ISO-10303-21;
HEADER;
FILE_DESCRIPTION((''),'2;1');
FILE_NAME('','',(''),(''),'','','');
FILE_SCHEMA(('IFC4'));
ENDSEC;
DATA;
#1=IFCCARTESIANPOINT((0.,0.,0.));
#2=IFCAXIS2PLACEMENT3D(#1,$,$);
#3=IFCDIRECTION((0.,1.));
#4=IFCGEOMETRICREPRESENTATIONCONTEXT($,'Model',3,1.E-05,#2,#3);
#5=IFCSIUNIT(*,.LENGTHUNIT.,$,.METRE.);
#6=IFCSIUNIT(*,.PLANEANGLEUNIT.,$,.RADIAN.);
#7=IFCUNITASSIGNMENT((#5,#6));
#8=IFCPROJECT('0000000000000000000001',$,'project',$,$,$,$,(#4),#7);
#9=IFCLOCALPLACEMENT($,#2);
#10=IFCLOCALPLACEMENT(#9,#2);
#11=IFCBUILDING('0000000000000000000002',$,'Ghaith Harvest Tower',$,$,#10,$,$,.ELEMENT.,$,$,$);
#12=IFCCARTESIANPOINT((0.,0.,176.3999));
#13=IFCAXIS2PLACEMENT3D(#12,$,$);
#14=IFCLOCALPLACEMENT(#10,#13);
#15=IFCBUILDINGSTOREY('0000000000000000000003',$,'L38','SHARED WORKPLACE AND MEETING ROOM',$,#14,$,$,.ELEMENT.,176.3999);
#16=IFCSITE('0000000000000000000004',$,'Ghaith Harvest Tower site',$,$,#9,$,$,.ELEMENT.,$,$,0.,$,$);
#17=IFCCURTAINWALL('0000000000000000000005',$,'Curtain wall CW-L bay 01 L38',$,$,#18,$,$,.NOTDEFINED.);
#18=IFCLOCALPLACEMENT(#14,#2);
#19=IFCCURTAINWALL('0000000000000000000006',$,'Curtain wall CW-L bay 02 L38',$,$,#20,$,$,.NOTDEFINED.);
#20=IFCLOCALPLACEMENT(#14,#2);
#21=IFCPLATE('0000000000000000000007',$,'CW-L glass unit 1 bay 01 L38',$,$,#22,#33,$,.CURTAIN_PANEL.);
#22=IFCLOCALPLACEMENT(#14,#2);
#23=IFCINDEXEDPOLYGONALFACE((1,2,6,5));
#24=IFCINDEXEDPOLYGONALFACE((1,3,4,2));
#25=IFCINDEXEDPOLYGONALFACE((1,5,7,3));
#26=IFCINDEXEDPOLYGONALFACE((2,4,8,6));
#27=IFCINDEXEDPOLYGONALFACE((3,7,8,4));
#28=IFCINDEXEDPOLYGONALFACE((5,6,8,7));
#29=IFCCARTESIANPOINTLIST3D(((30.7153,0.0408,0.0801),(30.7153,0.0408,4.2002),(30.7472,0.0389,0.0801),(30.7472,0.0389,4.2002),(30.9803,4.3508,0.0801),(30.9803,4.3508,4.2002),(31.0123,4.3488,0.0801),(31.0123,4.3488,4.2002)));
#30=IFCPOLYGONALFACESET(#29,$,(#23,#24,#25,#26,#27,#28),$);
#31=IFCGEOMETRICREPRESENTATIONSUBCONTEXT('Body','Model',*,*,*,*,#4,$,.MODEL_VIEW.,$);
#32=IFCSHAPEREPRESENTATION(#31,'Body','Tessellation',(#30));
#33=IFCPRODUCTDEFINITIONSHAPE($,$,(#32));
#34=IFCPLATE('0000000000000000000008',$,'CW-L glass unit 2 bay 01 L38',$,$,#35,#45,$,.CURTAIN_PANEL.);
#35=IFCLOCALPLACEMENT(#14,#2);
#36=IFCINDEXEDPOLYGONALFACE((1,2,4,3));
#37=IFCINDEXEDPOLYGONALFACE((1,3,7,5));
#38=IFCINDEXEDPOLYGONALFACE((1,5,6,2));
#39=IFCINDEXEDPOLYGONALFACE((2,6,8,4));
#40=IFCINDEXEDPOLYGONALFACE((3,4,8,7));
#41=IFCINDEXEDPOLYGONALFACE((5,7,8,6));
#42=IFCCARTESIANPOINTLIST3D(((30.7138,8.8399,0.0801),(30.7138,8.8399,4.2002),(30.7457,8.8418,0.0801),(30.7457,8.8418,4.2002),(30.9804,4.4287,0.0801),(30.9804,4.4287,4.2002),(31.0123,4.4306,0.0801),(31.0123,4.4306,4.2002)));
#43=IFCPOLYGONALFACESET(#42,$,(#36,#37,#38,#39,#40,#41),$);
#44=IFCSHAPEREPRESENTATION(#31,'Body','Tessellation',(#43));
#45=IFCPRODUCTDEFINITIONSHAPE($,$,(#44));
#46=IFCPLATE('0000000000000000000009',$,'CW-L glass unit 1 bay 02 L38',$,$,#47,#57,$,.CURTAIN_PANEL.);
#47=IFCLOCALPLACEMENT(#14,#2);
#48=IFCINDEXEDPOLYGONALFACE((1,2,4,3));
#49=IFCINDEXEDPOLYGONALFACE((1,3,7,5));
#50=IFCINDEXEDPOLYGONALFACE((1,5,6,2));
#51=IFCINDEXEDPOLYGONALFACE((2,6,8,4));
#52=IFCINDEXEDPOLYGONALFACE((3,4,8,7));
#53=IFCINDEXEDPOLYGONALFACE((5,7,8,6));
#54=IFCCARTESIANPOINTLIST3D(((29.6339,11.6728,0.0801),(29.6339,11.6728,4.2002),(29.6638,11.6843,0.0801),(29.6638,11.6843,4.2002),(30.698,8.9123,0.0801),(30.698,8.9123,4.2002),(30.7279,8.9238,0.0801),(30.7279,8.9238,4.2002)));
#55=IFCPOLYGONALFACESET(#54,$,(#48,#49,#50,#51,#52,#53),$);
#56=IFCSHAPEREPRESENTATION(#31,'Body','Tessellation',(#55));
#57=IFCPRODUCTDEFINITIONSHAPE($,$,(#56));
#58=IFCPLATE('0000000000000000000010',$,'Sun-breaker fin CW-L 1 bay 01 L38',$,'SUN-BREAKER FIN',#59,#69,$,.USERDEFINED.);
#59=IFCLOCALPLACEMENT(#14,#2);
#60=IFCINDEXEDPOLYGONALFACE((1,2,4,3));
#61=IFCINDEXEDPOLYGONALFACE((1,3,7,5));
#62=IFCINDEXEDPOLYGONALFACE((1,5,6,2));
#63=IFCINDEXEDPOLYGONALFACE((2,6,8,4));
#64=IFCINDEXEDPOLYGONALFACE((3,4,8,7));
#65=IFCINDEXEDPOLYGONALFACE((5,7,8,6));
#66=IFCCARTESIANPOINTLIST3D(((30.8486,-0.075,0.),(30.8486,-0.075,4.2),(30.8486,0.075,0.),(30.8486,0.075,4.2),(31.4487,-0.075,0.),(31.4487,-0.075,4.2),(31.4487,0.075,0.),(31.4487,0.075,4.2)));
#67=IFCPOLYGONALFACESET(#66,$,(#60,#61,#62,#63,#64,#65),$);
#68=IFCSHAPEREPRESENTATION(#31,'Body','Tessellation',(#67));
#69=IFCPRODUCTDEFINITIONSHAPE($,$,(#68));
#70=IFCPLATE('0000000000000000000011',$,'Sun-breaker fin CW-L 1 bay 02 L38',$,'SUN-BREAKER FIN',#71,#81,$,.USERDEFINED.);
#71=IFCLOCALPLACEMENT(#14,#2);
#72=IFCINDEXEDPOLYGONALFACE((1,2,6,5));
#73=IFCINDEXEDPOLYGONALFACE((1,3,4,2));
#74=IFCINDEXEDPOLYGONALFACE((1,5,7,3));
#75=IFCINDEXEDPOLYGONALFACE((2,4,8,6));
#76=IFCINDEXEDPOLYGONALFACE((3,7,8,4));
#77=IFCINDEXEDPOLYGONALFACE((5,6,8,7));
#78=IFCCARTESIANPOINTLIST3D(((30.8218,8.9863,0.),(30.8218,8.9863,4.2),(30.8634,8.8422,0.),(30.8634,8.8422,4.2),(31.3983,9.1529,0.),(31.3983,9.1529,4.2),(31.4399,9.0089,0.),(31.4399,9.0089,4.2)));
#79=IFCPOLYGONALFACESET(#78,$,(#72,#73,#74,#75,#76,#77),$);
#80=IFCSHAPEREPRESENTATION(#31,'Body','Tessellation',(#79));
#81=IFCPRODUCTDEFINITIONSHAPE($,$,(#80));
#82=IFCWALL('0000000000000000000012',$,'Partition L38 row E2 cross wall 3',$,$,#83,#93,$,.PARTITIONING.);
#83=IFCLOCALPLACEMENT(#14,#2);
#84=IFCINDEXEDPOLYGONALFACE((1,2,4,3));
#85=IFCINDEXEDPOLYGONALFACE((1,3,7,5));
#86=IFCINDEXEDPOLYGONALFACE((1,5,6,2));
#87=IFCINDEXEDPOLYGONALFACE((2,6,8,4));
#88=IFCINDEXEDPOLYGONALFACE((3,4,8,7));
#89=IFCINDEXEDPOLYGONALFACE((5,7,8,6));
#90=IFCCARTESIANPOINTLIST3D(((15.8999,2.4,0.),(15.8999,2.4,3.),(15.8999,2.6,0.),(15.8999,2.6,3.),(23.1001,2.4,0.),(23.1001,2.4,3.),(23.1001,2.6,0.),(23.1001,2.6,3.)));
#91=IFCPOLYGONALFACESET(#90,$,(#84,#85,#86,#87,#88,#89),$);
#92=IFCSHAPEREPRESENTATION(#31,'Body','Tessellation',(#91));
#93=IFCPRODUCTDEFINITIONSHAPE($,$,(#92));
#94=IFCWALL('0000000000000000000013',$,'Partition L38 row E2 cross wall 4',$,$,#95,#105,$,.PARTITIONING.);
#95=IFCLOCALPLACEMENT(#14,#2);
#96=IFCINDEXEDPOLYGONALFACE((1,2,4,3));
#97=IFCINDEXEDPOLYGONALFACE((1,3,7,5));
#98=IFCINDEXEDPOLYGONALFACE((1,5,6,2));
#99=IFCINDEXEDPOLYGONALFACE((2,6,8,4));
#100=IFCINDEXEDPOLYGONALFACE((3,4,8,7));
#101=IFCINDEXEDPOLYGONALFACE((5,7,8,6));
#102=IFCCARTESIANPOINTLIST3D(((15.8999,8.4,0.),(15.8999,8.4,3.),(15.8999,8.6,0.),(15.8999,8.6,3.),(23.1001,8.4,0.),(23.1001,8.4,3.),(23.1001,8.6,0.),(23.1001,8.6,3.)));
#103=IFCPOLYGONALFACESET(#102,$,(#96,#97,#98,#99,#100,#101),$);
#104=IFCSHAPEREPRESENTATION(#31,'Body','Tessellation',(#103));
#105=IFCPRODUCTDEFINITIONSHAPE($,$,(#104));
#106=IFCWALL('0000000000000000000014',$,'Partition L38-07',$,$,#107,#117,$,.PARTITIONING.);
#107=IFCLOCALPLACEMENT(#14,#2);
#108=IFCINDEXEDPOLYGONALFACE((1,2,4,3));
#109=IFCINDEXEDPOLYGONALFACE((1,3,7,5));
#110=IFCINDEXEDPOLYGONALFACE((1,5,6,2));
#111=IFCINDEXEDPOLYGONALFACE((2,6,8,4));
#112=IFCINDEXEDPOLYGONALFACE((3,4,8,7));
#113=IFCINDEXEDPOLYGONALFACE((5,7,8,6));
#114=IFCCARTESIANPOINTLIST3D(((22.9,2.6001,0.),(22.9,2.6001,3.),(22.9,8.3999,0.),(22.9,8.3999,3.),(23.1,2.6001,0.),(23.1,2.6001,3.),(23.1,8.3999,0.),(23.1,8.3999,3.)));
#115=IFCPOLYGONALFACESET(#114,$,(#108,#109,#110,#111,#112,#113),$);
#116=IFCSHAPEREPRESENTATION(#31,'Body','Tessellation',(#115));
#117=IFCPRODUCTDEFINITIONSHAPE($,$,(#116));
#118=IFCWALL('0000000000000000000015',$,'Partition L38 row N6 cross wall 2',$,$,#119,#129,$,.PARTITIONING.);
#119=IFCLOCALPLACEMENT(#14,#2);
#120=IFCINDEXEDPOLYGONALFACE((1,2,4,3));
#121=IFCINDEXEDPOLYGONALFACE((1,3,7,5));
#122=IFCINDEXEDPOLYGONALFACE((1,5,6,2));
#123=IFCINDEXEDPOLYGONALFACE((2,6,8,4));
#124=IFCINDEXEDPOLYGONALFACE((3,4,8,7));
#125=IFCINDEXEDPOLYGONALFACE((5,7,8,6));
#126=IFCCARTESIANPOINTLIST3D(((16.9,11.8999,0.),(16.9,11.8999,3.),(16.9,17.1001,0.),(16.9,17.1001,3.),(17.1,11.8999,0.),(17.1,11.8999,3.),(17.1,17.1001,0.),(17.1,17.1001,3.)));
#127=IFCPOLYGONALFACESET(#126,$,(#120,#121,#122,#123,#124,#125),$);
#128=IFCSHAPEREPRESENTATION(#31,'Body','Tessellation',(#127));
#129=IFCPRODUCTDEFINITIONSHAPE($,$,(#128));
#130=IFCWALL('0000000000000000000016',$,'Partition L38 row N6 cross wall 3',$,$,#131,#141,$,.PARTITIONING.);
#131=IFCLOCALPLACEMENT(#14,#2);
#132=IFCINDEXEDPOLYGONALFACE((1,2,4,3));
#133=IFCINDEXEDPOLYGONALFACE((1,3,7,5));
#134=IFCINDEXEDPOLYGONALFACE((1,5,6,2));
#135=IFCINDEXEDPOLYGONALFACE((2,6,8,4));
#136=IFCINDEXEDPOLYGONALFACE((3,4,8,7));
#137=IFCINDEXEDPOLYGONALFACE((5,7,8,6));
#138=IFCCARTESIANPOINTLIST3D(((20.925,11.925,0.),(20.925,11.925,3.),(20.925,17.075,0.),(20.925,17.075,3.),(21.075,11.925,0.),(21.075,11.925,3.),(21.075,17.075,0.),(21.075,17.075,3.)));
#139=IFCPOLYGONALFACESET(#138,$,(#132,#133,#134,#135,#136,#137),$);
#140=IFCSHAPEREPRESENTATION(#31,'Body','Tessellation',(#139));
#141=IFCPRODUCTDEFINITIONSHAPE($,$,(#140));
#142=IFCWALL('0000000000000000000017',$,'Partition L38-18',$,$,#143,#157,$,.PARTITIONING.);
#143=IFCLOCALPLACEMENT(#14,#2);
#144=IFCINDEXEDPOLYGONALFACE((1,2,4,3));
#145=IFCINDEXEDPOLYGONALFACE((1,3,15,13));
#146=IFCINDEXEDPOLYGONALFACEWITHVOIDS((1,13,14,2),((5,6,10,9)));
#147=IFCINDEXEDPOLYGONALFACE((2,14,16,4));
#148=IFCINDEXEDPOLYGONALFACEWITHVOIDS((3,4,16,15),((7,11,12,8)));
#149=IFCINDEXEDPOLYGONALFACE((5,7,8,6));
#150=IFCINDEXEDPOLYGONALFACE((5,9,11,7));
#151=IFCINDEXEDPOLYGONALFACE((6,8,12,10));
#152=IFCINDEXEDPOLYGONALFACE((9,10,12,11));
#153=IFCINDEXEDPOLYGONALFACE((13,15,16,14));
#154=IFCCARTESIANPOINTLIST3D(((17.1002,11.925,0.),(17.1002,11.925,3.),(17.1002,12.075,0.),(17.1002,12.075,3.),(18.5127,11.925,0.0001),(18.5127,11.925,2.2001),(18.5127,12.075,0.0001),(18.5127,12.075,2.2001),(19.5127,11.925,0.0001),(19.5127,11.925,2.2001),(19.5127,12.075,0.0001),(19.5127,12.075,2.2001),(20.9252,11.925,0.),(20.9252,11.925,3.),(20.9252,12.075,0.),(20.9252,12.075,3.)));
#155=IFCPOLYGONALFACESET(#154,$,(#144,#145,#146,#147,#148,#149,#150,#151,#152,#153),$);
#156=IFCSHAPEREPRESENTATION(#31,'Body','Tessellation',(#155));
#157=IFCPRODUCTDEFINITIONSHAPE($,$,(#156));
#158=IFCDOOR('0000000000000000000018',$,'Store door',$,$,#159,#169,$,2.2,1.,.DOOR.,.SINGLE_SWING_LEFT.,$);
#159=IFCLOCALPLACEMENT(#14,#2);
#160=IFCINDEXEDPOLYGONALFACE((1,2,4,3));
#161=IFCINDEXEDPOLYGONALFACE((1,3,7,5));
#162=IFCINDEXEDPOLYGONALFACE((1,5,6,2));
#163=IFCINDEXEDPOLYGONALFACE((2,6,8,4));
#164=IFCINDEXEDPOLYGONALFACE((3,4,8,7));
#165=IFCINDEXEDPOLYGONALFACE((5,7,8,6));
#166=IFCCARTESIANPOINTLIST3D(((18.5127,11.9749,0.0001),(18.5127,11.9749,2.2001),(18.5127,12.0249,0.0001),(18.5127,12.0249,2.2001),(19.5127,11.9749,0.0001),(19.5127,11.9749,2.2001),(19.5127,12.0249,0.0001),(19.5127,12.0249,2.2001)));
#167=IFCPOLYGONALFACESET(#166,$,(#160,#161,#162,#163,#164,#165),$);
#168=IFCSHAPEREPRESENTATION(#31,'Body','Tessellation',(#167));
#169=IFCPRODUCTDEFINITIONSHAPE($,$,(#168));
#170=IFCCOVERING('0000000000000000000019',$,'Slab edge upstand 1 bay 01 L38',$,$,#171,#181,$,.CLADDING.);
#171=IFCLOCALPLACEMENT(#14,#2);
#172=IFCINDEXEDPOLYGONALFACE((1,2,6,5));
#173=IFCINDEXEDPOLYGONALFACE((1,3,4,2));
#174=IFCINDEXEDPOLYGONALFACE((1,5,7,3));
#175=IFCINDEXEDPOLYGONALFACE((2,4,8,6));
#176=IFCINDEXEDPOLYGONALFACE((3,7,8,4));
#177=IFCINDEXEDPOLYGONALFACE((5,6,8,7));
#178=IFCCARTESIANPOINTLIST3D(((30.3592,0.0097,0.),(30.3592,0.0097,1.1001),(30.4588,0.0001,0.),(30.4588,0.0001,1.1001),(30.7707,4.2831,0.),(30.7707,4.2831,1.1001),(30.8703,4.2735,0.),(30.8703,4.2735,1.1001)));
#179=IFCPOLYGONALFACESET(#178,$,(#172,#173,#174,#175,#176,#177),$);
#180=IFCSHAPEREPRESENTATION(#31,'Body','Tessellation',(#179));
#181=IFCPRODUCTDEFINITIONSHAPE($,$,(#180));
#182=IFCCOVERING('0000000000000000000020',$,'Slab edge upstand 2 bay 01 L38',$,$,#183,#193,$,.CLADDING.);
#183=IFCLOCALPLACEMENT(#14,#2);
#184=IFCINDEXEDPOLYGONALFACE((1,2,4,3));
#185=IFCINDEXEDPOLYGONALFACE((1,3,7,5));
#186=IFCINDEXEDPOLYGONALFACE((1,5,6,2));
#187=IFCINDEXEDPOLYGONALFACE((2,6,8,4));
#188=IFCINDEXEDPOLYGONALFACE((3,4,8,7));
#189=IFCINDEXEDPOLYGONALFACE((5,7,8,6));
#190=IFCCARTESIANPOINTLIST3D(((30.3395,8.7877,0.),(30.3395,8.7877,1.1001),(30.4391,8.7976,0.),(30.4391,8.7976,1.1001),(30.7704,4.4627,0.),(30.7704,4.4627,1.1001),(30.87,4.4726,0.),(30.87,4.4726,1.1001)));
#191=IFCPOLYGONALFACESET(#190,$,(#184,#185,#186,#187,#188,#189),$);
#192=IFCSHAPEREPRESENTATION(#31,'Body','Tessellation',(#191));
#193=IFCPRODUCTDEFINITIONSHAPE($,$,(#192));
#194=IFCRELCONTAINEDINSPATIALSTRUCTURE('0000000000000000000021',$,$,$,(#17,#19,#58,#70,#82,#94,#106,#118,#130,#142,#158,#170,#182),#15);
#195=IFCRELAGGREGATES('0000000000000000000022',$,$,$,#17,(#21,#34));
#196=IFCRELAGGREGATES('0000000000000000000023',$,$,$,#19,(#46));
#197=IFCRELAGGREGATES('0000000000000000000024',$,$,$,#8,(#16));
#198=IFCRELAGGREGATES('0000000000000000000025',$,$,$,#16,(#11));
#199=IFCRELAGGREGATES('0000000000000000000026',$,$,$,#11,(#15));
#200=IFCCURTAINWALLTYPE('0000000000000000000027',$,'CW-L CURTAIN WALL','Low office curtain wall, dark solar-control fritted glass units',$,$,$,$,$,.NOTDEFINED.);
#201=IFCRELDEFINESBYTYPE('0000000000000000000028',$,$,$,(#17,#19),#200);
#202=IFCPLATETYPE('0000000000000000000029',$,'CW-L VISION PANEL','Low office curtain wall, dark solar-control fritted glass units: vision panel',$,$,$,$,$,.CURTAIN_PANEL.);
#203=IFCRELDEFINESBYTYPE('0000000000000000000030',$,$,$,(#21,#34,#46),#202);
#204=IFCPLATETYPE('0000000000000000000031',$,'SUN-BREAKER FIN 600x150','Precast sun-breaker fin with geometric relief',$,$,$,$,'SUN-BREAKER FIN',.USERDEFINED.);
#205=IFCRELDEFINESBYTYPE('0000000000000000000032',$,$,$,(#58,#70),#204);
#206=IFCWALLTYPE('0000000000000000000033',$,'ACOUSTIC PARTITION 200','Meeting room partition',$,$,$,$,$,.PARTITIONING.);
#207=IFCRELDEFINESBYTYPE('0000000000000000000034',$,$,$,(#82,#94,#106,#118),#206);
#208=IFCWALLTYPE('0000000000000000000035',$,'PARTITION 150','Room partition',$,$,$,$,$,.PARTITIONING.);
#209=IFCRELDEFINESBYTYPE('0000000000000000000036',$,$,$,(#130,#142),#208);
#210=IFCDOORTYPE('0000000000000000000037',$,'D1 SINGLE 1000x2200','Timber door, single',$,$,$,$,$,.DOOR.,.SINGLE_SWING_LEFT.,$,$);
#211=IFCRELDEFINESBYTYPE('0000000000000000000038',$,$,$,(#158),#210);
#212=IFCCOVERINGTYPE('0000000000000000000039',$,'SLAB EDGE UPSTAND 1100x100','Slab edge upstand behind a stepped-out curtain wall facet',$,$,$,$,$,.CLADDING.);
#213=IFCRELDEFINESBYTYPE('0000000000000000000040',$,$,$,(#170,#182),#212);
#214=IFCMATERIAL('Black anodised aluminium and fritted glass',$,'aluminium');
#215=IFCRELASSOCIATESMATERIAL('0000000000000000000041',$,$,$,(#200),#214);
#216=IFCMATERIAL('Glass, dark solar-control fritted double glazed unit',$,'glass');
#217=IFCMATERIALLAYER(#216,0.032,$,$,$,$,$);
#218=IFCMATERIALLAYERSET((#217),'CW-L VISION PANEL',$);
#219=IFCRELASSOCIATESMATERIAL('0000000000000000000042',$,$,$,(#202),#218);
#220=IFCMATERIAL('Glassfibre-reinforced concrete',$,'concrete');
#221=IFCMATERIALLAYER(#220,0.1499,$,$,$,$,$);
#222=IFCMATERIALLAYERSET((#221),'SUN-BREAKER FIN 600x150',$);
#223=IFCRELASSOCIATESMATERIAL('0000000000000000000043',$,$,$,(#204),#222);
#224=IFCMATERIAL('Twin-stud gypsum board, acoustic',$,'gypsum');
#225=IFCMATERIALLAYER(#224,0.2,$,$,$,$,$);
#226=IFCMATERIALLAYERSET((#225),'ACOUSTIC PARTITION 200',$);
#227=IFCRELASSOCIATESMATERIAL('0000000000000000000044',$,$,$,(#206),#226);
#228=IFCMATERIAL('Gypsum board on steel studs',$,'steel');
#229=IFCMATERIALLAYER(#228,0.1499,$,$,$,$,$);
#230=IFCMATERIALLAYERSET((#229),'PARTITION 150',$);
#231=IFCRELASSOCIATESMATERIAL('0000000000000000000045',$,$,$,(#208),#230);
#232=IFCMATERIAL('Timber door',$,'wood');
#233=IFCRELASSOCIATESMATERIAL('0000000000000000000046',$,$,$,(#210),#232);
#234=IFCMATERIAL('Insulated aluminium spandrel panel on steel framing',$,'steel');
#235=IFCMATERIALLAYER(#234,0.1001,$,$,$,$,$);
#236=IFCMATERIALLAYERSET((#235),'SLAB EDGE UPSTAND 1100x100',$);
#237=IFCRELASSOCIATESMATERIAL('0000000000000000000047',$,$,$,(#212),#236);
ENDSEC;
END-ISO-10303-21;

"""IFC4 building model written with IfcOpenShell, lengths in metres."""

from ifc_helpers import new_model, si_unit, direction, frame, frame_2d, origin, origin_2d, place, context, subcontext, project, spatial, rectangle, extrude, material, layer, layer_set, type_object, element, fill, aggregate, save


model = new_model("IFC4")

# Units and contexts
model_context = context("Model", 3, precision=1e-05, world=origin(), true_north=direction((0.0, 1.0)))
body_context = subcontext(model_context, "Body", "Model", "MODEL_VIEW")
ifc_project = project(units=[si_unit("LENGTHUNIT", "METRE"), si_unit("PLANEANGLEUNIT", "RADIAN")], contexts=[model_context])

# Site, building, storey
site_placement = place(None, origin())
site = spatial("IfcSite", under=ifc_project, at=site_placement, Name="Ghaith Harvest Tower site", CompositionType="ELEMENT", RefElevation=0.0)
building_placement = place(site_placement, origin())
building = spatial("IfcBuilding", under=site, at=building_placement, Name="Ghaith Harvest Tower", CompositionType="ELEMENT")
storey_placement = place(building_placement, frame((0.0, 0.0, 176.3999)))
storey = spatial("IfcBuildingStorey", under=building, at=storey_placement, Name="L38", Description="SHARED WORKPLACE AND MEETING ROOM", CompositionType="ELEMENT", Elevation=176.3999)

# Curtain walls
ifc_material_1 = material(Name="Black anodised aluminium and fritted glass", Category="aluminium")
curtain_wall_type = type_object("IfcCurtainWallType", Name="CW-L CURTAIN WALL", Description="Low office curtain wall, dark solar-control fritted glass units", PredefinedType="NOTDEFINED", material=ifc_material_1)
curtain_wall_1_placement = place(storey_placement, origin())
curtain_wall_1 = element("IfcCurtainWall", 1, at=curtain_wall_1_placement, inside=storey, type_object=curtain_wall_type, Name="Curtain wall CW-L bay 01 L38", PredefinedType="NOTDEFINED")
curtain_wall_2_placement = place(storey_placement, origin())
curtain_wall_2 = element("IfcCurtainWall", 2, at=curtain_wall_2_placement, inside=storey, type_object=curtain_wall_type, Name="Curtain wall CW-L bay 02 L38", PredefinedType="NOTDEFINED")

# Plates
ifc_material_2 = material(Name="Glass, dark solar-control fritted double glazed unit", Category="glass")
ifc_layer_1 = layer(ifc_material_2, 0.032)
ifc_layer_set_1 = layer_set([ifc_layer_1], Name="CW-L VISION PANEL")
plate_type_1 = type_object("IfcPlateType", Name="CW-L VISION PANEL", Description="Low office curtain wall, dark solar-control fritted glass units: vision panel", PredefinedType="CURTAIN_PANEL", material=ifc_layer_set_1)
plate_1_placement = place(storey_placement, frame((30.8638, 2.1948, 0.0801), z_axis=(0.0, 0.0, 1.0), x_axis=(0.06138, 0.998114, 0.0)))
plate_1 = element("IfcPlate", 3, at=plate_1_placement, type_object=plate_type_1, Name="CW-L glass unit 1 bay 01 L38", PredefinedType="CURTAIN_PANEL", context=body_context, shape_type="SweptSolid", body=[
    extrude(rectangle(XDim=4.3181, YDim=0.032, at=origin_2d()), origin(), (0.0, 0.0, 1.0), 4.1201),
])
plate_2_placement = place(storey_placement, frame((30.863, 6.6353, 0.0801), z_axis=(0.0, 0.0, 1.0), x_axis=(-0.060321, 0.998179, 0.0)))
plate_2 = element("IfcPlate", 4, at=plate_2_placement, type_object=plate_type_1, Name="CW-L glass unit 2 bay 01 L38", PredefinedType="CURTAIN_PANEL", context=body_context, shape_type="SweptSolid", body=[
    extrude(rectangle(XDim=4.4192, YDim=0.032, at=origin_2d()), origin(), (0.0, 0.0, 1.0), 4.1201),
])
aggregate(curtain_wall_1, [plate_1, plate_2])
plate_3_placement = place(storey_placement, frame((30.1809, 10.2983, 0.0801), z_axis=(0.0, 0.0, 1.0), x_axis=(-0.359677, 0.933077, 0.0)))
plate_3 = element("IfcPlate", 5, at=plate_3_placement, type_object=plate_type_1, Name="CW-L glass unit 1 bay 02 L38", PredefinedType="CURTAIN_PANEL", context=body_context, shape_type="SweptSolid", body=[
    extrude(rectangle(XDim=2.9585, YDim=0.032, at=origin_2d()), origin(), (0.0, 0.0, 1.0), 4.1201),
])
aggregate(curtain_wall_2, [plate_3])

# Plates
ifc_material_3 = material(Name="Glassfibre-reinforced concrete", Category="concrete")
ifc_layer_2 = layer(ifc_material_3, 0.1499)
ifc_layer_set_2 = layer_set([ifc_layer_2], Name="SUN-BREAKER FIN 600x150")
plate_type_2 = type_object("IfcPlateType", Name="SUN-BREAKER FIN 600x150", Description="Precast sun-breaker fin with geometric relief", ElementType="SUN-BREAKER FIN", PredefinedType="USERDEFINED", material=ifc_layer_set_2)
for number, where, z_axis, x_axis, name in (
    (6, (31.1487, 0.0, 0.0), (0.0, 0.0, 1.0), (1.0, 0.0, 0.0), "Sun-breaker fin CW-L 1 bay 01 L38"),
    (7, (31.1309, 8.9976, 0.0), (0.0, 0.0, 1.0), (0.96068, 0.277657, 0.0), "Sun-breaker fin CW-L 1 bay 02 L38"),
):
    element("IfcPlate", number, at=place(storey_placement, frame(where, z_axis=z_axis, x_axis=x_axis)), inside=storey, type_object=plate_type_2, Name=name, ObjectType="SUN-BREAKER FIN", PredefinedType="USERDEFINED", context=body_context, shape_type="SweptSolid", body=[
        extrude(rectangle(XDim=0.6001, YDim=0.1499, at=origin_2d()), origin(), (0.0, 0.0, 1.0), 4.2),
    ])

# Walls
ifc_material_4 = material(Name="Twin-stud gypsum board, acoustic", Category="gypsum")
ifc_layer_3 = layer(ifc_material_4, 0.2)
ifc_layer_set_3 = layer_set([ifc_layer_3], Name="ACOUSTIC PARTITION 200")
wall_type_1 = type_object("IfcWallType", Name="ACOUSTIC PARTITION 200", Description="Meeting room partition", PredefinedType="PARTITIONING", material=ifc_layer_set_3)
for number, where, z_axis, x_axis, name in (
    (8, (15.8999, 2.5, 0.0), (0.0, 0.0, 1.0), (1.0, 0.0, 0.0), "Partition L38 row E2 cross wall 3"),
    (9, (15.8999, 8.5, 0.0), (0.0, 0.0, 1.0), (1.0, 0.0, 0.0), "Partition L38 row E2 cross wall 4"),
):
    element("IfcWall", number, at=place(storey_placement, frame(where, z_axis=z_axis, x_axis=x_axis)), inside=storey, type_object=wall_type_1, Name=name, PredefinedType="PARTITIONING", context=body_context, shape_type="SweptSolid", body=[
        extrude(rectangle(XDim=7.2002, YDim=0.2, at=frame_2d((3.6001, 0.0))), origin(), (0.0, 0.0, 1.0), 3.0),
    ])

# Walls
wall_1_placement = place(storey_placement, frame((23.0, 2.6001, 0.0), z_axis=(0.0, 0.0, 1.0), x_axis=(0.0, 1.0, 0.0)))
element("IfcWall", 10, at=wall_1_placement, inside=storey, type_object=wall_type_1, Name="Partition L38-07", PredefinedType="PARTITIONING", context=body_context, shape_type="SweptSolid", body=[
    extrude(rectangle(XDim=5.7998, YDim=0.2, at=frame_2d((2.8999, 0.0))), origin(), (0.0, 0.0, 1.0), 3.0),
])
wall_2_placement = place(storey_placement, frame((17.0, 11.8999, 0.0), z_axis=(0.0, 0.0, 1.0), x_axis=(0.0, 1.0, 0.0)))
element("IfcWall", 11, at=wall_2_placement, inside=storey, type_object=wall_type_1, Name="Partition L38 row N6 cross wall 2", PredefinedType="PARTITIONING", context=body_context, shape_type="SweptSolid", body=[
    extrude(rectangle(XDim=5.2002, YDim=0.2, at=frame_2d((2.6001, 0.0))), origin(), (0.0, 0.0, 1.0), 3.0),
])

# Wall
ifc_material_5 = material(Name="Gypsum board on steel studs", Category="steel")
ifc_layer_4 = layer(ifc_material_5, 0.1499)
ifc_layer_set_4 = layer_set([ifc_layer_4], Name="PARTITION 150")
wall_type_2 = type_object("IfcWallType", Name="PARTITION 150", Description="Room partition", PredefinedType="PARTITIONING", material=ifc_layer_set_4)
wall_3_placement = place(storey_placement, frame((21.0, 11.925, 0.0), z_axis=(0.0, 0.0, 1.0), x_axis=(0.0, 1.0, 0.0)))
element("IfcWall", 12, at=wall_3_placement, inside=storey, type_object=wall_type_2, Name="Partition L38 row N6 cross wall 3", PredefinedType="PARTITIONING", context=body_context, shape_type="SweptSolid", body=[
    extrude(rectangle(XDim=5.1499, YDim=0.1499, at=frame_2d((2.575, 0.0))), origin(), (0.0, 0.0, 1.0), 3.0),
])

# Wall, opening, door
wall_4_placement = place(storey_placement, frame((17.1001, 12.0, 0.0), z_axis=(0.0, 0.0, 1.0), x_axis=(1.0, 0.0, 0.0)))
wall_4 = element("IfcWall", 13, at=wall_4_placement, inside=storey, type_object=wall_type_2, Name="Partition L38-18", PredefinedType="PARTITIONING", context=body_context, shape_type="SweptSolid", body=[
    extrude(rectangle(XDim=3.825, YDim=0.1499, at=frame_2d((1.9126, 0.0))), origin(), (0.0, 0.0, 1.0), 3.0),
])
opening_1_placement = place(wall_4_placement, frame((1.4126, 0.0, 0.0)))
opening_1 = element("IfcOpeningElement", 14, at=opening_1_placement, cuts=wall_4, PredefinedType="OPENING", context=body_context, shape_type="SweptSolid", body=[
    extrude(rectangle(XDim=1.0, YDim=2.2, at=frame_2d((0.5, 1.1001))), frame((0.0, 0.085, 0.0), z_axis=(0.0, -1.0, 0.0), x_axis=(1.0, 0.0, 0.0)), (0.0, 0.0, 1.0), 0.1699),
])
ifc_material_6 = material(Name="Timber door", Category="wood")
door_type_1 = type_object("IfcDoorType", Name="D1 SINGLE 1000x2200", Description="Timber door, single", OperationType="SINGLE_SWING_LEFT", PredefinedType="DOOR", material=ifc_material_6)
door_1_placement = place(opening_1_placement, origin())
door_1 = element("IfcDoor", 15, at=door_1_placement, inside=storey, type_object=door_type_1, Name="Store door", OperationType="SINGLE_SWING_LEFT", OverallHeight=2.2, OverallWidth=1.0, PredefinedType="DOOR", context=body_context, shape_type="SweptSolid", body=[
    extrude(rectangle(XDim=1.0, YDim=2.2, at=frame_2d((0.5, 1.1001))), frame((0.0, 0.0249, 0.0), z_axis=(0.0, -1.0, 0.0), x_axis=(1.0, 0.0, 0.0)), (0.0, 0.0, 1.0), 0.05),
])
fill(opening_1, door_1)

# Coverings
ifc_material_7 = material(Name="Insulated aluminium spandrel panel on steel framing", Category="steel")
ifc_layer_5 = layer(ifc_material_7, 0.1001)
ifc_layer_set_5 = layer_set([ifc_layer_5], Name="SLAB EDGE UPSTAND 1100x100")
covering_type = type_object("IfcCoveringType", Name="SLAB EDGE UPSTAND 1100x100", Description="Slab edge upstand behind a stepped-out curtain wall facet", PredefinedType="CLADDING", material=ifc_layer_set_5)
covering_1_placement = place(storey_placement, frame((30.6147, 2.1416, 0.0), z_axis=(0.0, 0.0, 1.0), x_axis=(0.095861, 0.995395, 0.0)))
element("IfcCovering", 16, at=covering_1_placement, inside=storey, type_object=covering_type, Name="Slab edge upstand 1 bay 01 L38", PredefinedType="CLADDING", context=body_context, shape_type="SweptSolid", body=[
    extrude(rectangle(XDim=4.2932, YDim=0.1001, at=origin_2d()), origin(), (0.0, 0.0, 1.0), 1.1001),
])
covering_2_placement = place(storey_placement, frame((30.6047, 6.6301, 0.0), z_axis=(0.0, 0.0, 1.0), x_axis=(-0.099132, 0.995074, 0.0)))
element("IfcCovering", 17, at=covering_2_placement, inside=storey, type_object=covering_type, Name="Slab edge upstand 2 bay 01 L38", PredefinedType="CLADDING", context=body_context, shape_type="SweptSolid", body=[
    extrude(rectangle(XDim=4.3464, YDim=0.1001, at=origin_2d()), origin(), (0.0, 0.0, 1.0), 1.1001),
])

save(model, "model.ifc")
